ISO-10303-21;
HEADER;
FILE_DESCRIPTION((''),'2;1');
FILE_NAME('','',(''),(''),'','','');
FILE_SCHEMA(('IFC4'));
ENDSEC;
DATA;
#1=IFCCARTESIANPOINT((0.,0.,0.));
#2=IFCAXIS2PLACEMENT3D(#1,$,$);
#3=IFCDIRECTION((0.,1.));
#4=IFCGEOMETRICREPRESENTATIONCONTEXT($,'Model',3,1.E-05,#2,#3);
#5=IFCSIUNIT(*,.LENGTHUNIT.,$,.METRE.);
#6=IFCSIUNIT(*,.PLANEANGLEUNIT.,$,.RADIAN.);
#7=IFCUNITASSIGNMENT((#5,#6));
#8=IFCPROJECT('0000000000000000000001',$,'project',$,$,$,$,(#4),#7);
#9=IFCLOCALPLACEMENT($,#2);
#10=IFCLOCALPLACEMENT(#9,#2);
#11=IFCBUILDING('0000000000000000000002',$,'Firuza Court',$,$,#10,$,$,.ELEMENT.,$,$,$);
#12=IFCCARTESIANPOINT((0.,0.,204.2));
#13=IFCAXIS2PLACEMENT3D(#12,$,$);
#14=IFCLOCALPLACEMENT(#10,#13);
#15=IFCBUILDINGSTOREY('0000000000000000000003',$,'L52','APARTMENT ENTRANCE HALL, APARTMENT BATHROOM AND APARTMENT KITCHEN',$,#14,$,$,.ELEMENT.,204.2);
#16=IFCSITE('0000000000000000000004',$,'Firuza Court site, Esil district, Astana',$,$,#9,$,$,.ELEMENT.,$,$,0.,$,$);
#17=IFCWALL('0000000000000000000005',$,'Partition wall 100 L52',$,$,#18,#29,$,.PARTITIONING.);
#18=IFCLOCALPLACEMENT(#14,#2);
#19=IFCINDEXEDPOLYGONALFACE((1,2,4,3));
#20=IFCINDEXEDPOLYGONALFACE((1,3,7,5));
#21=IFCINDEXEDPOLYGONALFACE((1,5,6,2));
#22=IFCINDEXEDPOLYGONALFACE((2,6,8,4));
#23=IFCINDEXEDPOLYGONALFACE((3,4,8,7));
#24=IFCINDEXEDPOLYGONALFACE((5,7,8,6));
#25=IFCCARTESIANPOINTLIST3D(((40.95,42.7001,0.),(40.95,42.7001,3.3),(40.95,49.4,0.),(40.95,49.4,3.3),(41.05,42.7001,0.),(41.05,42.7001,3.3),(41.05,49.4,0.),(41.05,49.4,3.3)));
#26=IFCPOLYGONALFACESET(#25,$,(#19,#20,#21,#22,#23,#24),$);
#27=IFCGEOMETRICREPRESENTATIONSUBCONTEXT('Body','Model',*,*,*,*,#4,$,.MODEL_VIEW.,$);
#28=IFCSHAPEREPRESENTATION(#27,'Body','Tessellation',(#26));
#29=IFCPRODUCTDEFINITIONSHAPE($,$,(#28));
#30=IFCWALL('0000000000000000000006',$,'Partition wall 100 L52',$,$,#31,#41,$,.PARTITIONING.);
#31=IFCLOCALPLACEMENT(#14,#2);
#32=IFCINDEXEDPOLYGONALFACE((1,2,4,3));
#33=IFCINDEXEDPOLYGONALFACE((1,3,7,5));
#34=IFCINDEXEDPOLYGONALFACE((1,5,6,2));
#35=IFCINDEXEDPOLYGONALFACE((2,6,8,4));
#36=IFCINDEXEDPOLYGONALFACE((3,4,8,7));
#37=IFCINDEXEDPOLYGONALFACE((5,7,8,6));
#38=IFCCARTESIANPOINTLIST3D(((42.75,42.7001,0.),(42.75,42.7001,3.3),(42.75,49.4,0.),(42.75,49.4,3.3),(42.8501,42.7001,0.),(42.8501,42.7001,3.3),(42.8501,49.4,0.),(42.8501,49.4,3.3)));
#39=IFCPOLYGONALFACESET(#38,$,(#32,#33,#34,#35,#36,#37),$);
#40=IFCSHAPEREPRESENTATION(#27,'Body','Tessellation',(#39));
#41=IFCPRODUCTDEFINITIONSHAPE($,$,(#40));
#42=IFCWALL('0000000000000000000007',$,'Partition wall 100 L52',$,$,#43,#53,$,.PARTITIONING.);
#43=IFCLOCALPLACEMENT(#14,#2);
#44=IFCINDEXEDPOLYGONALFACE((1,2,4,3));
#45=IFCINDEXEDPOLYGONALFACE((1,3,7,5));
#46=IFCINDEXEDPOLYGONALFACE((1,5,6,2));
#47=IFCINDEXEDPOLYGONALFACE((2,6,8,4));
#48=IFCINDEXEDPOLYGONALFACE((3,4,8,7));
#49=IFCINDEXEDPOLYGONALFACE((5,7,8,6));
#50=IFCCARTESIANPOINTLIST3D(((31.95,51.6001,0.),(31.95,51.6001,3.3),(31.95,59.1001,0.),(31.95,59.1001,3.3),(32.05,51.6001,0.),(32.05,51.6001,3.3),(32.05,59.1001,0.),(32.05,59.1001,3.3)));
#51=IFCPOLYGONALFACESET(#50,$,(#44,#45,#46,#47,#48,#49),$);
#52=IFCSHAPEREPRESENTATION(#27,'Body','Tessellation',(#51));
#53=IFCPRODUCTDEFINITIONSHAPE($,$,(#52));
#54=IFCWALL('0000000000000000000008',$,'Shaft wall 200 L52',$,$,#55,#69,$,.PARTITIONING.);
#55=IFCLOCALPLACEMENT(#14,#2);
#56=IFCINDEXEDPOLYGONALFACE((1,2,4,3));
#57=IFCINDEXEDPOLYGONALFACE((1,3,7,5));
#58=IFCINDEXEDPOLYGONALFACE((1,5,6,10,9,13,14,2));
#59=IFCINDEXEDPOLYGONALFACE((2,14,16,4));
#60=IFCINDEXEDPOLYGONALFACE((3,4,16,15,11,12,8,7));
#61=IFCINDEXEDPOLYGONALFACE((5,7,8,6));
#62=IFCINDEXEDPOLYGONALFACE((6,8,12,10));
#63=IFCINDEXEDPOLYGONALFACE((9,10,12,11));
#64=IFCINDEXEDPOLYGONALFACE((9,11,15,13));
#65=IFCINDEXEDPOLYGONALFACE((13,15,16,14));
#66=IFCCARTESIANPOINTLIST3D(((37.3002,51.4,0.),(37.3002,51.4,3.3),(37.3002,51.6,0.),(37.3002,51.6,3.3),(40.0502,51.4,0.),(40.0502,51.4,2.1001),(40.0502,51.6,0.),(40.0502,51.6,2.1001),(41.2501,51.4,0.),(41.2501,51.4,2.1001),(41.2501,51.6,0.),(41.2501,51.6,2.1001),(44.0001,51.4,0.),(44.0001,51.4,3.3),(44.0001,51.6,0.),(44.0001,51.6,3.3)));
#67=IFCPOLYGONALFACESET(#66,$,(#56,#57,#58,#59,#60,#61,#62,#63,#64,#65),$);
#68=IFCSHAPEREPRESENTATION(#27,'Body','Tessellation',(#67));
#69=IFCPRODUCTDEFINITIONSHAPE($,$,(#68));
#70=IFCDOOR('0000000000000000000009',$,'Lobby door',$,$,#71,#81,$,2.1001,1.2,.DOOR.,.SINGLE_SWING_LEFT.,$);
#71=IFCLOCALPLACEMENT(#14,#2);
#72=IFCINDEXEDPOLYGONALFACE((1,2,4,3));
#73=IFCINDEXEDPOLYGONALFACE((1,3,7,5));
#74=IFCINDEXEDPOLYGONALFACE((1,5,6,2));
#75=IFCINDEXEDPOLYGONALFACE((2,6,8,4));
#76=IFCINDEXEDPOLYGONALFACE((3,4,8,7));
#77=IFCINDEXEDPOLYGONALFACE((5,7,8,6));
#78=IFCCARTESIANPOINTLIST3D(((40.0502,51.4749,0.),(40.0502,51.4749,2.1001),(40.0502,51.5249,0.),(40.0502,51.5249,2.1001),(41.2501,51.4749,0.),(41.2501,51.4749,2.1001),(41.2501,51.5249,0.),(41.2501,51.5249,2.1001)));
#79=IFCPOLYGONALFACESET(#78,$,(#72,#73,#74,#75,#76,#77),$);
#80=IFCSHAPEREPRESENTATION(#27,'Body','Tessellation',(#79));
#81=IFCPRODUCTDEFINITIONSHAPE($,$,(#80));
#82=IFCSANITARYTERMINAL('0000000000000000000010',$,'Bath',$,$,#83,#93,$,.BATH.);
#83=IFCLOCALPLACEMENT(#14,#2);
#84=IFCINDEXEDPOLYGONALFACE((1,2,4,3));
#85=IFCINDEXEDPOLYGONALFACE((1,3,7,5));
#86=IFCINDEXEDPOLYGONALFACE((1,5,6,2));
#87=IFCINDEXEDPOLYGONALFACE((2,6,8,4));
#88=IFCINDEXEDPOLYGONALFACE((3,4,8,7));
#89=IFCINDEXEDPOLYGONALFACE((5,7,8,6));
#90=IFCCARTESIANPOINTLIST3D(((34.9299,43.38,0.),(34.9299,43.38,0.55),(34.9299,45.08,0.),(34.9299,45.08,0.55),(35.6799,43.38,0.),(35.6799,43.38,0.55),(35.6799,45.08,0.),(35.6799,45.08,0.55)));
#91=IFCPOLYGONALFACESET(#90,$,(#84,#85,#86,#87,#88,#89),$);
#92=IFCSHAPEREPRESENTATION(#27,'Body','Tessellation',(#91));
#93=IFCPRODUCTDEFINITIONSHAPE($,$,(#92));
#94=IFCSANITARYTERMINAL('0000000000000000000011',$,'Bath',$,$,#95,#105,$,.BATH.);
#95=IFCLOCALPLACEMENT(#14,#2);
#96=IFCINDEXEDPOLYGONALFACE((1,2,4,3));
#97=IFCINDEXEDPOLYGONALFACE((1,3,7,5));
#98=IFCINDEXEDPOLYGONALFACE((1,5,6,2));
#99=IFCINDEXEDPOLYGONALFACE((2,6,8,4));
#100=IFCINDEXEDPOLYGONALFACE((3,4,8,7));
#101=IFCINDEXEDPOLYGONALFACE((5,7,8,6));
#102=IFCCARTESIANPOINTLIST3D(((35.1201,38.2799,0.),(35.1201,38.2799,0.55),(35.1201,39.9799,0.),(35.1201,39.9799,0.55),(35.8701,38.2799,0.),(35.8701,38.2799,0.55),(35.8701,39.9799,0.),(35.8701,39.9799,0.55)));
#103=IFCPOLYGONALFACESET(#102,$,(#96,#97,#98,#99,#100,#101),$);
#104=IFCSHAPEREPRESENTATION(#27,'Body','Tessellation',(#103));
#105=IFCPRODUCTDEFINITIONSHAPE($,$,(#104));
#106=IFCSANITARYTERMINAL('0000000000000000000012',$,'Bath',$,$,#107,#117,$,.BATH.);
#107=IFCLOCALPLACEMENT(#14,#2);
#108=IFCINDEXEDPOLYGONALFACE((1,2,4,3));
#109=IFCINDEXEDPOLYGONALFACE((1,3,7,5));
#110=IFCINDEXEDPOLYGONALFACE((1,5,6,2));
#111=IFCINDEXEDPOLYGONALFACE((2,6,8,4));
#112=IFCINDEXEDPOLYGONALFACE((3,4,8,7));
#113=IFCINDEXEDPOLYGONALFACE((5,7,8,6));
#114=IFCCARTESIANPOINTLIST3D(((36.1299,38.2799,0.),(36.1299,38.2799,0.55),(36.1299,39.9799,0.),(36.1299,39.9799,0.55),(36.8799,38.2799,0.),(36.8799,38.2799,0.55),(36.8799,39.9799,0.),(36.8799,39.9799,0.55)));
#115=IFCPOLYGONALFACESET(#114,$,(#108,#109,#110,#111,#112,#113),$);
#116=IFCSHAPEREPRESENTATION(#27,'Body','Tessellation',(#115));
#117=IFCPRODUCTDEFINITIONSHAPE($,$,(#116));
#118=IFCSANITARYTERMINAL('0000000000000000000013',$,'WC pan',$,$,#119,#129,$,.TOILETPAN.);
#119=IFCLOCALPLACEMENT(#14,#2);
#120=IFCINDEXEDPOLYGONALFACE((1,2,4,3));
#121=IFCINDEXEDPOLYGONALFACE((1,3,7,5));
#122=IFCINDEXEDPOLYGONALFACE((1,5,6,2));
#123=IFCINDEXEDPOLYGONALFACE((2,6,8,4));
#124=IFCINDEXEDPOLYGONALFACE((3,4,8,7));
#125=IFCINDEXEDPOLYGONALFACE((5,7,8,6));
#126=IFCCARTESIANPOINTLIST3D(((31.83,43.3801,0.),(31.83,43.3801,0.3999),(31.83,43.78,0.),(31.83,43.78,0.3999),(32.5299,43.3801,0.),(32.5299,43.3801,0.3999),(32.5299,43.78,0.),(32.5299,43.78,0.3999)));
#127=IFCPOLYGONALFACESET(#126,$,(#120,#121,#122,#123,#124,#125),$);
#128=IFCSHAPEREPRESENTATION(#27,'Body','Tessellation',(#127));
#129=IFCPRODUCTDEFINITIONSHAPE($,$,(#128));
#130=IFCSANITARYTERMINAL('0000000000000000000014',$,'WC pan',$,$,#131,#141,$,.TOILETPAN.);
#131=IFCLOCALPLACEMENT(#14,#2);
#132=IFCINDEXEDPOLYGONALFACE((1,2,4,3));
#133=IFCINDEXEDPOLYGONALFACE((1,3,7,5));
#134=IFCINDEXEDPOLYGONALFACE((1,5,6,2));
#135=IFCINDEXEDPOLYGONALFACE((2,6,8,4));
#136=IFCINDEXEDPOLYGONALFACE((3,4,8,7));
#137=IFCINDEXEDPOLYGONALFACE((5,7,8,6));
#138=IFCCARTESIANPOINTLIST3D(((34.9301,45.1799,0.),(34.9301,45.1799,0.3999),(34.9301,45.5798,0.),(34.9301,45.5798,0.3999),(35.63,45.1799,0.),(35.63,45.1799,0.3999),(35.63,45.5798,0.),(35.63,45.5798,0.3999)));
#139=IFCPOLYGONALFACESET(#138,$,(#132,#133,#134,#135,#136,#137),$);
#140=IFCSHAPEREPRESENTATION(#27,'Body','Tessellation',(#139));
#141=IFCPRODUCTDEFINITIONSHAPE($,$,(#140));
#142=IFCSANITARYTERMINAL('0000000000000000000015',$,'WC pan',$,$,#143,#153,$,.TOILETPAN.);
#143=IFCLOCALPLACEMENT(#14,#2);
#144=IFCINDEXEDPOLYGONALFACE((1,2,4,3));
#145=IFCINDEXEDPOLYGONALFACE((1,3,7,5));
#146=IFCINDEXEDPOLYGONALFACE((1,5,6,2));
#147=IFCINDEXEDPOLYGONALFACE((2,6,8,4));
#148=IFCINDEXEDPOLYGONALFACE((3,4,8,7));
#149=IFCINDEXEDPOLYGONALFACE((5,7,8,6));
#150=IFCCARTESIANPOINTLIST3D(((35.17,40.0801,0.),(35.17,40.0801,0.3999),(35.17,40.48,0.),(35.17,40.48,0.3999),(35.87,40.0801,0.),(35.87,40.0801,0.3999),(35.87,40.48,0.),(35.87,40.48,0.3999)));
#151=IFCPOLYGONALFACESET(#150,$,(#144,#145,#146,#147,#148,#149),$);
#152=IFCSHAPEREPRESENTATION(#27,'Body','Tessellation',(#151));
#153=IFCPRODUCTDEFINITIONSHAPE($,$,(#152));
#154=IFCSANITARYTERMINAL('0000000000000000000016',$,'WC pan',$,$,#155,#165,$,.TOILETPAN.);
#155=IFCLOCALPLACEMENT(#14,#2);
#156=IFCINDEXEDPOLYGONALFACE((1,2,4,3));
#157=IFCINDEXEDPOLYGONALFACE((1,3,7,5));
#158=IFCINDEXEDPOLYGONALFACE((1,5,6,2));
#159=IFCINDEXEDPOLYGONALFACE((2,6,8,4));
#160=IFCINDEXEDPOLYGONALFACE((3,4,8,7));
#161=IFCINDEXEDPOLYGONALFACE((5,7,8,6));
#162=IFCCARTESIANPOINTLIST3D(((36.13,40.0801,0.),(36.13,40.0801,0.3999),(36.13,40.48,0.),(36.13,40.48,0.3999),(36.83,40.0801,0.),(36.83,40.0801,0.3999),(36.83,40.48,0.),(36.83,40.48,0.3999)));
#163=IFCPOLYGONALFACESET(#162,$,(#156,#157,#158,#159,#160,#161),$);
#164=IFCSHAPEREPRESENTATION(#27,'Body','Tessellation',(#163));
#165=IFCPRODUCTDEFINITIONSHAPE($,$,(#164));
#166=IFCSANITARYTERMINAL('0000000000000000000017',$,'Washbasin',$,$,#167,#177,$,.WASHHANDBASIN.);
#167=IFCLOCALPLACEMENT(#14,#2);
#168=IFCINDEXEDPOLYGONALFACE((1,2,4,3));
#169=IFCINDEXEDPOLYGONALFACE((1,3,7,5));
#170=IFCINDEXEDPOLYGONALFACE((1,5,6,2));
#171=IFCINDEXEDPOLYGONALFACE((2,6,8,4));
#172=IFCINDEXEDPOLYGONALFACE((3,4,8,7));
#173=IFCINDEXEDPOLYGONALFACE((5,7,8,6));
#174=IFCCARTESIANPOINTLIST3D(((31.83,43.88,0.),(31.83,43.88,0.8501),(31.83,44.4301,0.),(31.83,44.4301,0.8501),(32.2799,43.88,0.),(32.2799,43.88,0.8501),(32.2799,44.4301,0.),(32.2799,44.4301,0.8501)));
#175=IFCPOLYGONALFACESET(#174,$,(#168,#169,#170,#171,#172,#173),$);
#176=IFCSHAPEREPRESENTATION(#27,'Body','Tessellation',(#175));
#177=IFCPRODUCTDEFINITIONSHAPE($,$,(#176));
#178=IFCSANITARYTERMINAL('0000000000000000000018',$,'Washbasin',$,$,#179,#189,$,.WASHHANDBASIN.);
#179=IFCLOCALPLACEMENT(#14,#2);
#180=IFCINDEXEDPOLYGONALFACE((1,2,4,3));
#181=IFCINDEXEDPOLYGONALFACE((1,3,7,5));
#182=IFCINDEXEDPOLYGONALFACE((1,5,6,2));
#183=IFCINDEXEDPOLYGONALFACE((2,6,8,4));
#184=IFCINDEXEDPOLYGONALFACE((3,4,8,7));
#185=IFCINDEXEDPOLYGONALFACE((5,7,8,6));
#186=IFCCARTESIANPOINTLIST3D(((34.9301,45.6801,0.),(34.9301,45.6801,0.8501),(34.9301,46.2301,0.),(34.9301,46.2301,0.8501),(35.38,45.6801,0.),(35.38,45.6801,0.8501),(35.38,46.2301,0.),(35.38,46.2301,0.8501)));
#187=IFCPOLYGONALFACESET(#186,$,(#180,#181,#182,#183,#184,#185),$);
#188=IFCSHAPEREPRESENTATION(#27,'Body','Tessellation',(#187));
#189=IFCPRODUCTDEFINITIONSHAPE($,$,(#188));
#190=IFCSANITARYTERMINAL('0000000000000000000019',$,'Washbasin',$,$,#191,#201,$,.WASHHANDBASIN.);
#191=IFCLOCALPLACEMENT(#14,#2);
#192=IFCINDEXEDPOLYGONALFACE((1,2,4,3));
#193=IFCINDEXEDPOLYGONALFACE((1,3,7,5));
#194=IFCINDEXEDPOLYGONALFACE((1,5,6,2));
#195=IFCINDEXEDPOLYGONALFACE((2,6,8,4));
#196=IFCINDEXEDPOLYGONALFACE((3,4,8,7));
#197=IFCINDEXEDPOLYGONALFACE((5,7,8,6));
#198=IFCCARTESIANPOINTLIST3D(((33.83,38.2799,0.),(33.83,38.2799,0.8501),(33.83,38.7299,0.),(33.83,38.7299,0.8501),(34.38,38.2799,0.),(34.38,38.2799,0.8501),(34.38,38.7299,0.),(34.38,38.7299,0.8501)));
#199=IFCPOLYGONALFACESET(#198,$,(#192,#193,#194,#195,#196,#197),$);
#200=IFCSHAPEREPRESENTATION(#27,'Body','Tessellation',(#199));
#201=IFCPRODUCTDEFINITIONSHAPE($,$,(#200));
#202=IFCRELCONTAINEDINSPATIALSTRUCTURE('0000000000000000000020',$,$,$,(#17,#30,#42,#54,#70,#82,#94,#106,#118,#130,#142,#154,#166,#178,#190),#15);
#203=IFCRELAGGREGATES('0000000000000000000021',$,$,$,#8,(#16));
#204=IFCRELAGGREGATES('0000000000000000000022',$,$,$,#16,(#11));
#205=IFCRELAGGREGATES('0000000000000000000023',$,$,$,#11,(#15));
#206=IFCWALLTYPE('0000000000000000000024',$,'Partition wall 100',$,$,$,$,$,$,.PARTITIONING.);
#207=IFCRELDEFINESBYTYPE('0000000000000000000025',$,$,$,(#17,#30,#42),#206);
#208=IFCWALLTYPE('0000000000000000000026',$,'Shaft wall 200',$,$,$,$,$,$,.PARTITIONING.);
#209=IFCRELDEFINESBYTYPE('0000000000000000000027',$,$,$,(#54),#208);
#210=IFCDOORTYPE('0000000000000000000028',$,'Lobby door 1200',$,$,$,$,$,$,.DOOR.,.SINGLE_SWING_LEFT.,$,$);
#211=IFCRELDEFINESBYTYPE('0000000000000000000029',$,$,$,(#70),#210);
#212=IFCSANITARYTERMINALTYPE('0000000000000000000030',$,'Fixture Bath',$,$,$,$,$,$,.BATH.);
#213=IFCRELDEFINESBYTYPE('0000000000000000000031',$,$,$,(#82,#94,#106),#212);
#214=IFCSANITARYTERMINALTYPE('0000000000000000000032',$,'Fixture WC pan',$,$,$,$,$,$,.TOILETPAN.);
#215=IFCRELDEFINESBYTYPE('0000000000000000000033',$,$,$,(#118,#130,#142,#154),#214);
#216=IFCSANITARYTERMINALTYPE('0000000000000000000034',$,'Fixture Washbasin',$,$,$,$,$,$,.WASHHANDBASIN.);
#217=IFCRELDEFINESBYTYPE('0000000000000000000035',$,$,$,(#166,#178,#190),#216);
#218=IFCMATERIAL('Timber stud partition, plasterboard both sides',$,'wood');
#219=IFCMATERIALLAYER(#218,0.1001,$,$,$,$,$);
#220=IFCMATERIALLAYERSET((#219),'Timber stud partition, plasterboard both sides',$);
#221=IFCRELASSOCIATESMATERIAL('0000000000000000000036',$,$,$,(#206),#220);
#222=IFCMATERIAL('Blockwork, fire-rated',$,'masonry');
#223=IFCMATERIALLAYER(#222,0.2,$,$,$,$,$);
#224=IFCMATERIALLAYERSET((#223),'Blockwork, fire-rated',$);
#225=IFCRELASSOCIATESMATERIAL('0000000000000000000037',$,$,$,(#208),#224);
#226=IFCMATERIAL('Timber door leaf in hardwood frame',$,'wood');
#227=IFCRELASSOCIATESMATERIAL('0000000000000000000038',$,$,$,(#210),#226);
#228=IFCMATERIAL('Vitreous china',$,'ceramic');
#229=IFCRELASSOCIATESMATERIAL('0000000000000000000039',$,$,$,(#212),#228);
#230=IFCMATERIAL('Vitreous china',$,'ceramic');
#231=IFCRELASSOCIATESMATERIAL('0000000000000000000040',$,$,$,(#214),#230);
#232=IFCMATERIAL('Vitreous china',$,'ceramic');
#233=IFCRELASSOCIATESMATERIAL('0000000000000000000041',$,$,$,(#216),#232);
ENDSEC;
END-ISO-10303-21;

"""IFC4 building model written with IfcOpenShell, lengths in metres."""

from ifc_helpers import new_model, si_unit, direction, frame, frame_2d, origin, origin_2d, place, context, subcontext, project, spatial, rectangle, extrude, material, layer, layer_set, type_object, element, fill, save


model = new_model("IFC4")

# Units and contexts
model_context = context("Model", 3, precision=1e-05, world=origin(), true_north=direction((0.0, 1.0)))
body_context = subcontext(model_context, "Body", "Model", "MODEL_VIEW")
ifc_project = project(units=[si_unit("LENGTHUNIT", "METRE"), si_unit("PLANEANGLEUNIT", "RADIAN")], contexts=[model_context])

# Site, building, storey
site_placement = place(None, origin())
site = spatial("IfcSite", under=ifc_project, at=site_placement, Name="Firuza Court site, Esil district, Astana", CompositionType="ELEMENT", RefElevation=0.0)
building_placement = place(site_placement, origin())
building = spatial("IfcBuilding", under=site, at=building_placement, Name="Firuza Court", CompositionType="ELEMENT")
storey_placement = place(building_placement, frame((0.0, 0.0, 204.2)))
storey = spatial("IfcBuildingStorey", under=building, at=storey_placement, Name="L52", Description="APARTMENT ENTRANCE HALL, APARTMENT BATHROOM AND APARTMENT KITCHEN", CompositionType="ELEMENT", Elevation=204.2)

# Walls
ifc_material_1 = material(Name="Timber stud partition, plasterboard both sides", Category="wood")
ifc_layer_1 = layer(ifc_material_1, 0.1001)
ifc_layer_set_1 = layer_set([ifc_layer_1], Name="Timber stud partition, plasterboard both sides")
wall_type_1 = type_object("IfcWallType", Name="Partition wall 100", PredefinedType="PARTITIONING", material=ifc_layer_set_1)
for number, where, z_axis, x_axis, name in (
    (1, (41.0, 42.7, 0.0), (0.0, 0.0, 1.0), (0.0, 1.0, 0.0), "Partition wall 100 L52"),
    (2, (42.8, 42.7, 0.0), (0.0, 0.0, 1.0), (0.0, 1.0, 0.0), "Partition wall 100 L52"),
):
    element("IfcWall", number, at=place(storey_placement, frame(where, z_axis=z_axis, x_axis=x_axis)), inside=storey, type_object=wall_type_1, Name=name, PredefinedType="PARTITIONING", context=body_context, shape_type="SweptSolid", body=[
        extrude(rectangle(XDim=6.7, YDim=0.1001, at=frame_2d((3.3501, 0.0))), origin(), (0.0, 0.0, 1.0), 3.3),
    ])
wall_1_placement = place(storey_placement, frame((32.0, 51.6001, 0.0), z_axis=(0.0, 0.0, 1.0), x_axis=(0.0, 1.0, 0.0)))
element("IfcWall", 3, at=wall_1_placement, inside=storey, type_object=wall_type_1, Name="Partition wall 100 L52", PredefinedType="PARTITIONING", context=body_context, shape_type="SweptSolid", body=[
    extrude(rectangle(XDim=7.5, YDim=0.1001, at=frame_2d((3.75, 0.0))), origin(), (0.0, 0.0, 1.0), 3.3),
])

# Wall, opening, door
ifc_material_2 = material(Name="Blockwork, fire-rated", Category="masonry")
ifc_layer_2 = layer(ifc_material_2, 0.2)
ifc_layer_set_2 = layer_set([ifc_layer_2], Name="Blockwork, fire-rated")
wall_type_2 = type_object("IfcWallType", Name="Shaft wall 200", PredefinedType="PARTITIONING", material=ifc_layer_set_2)
wall_2_placement = place(storey_placement, frame((37.3, 51.5, 0.0), z_axis=(0.0, 0.0, 1.0), x_axis=(1.0, 0.0, 0.0)))
wall_2 = element("IfcWall", 4, at=wall_2_placement, inside=storey, type_object=wall_type_2, Name="Shaft wall 200 L52", PredefinedType="PARTITIONING", context=body_context, shape_type="SweptSolid", body=[
    extrude(rectangle(XDim=6.7, YDim=0.2, at=frame_2d((3.3501, 0.0))), origin(), (0.0, 0.0, 1.0), 3.3),
])
opening_1_placement = place(wall_2_placement, frame((2.75, 0.0, 0.0)))
opening_1 = element("IfcOpeningElement", 5, at=opening_1_placement, cuts=wall_2, PredefinedType="OPENING", context=body_context, shape_type="SweptSolid", body=[
    extrude(rectangle(XDim=1.2, YDim=2.1001, at=frame_2d((0.6001, 1.05))), frame((0.0, 0.1118, 0.0), z_axis=(0.0, -1.0, 0.0), x_axis=(1.0, 0.0, 0.0)), (0.0, 0.0, 1.0), 0.2239),
])
ifc_material_3 = material(Name="Timber door leaf in hardwood frame", Category="wood")
door_type_1 = type_object("IfcDoorType", Name="Lobby door 1200", OperationType="SINGLE_SWING_LEFT", PredefinedType="DOOR", material=ifc_material_3)
door_1_placement = place(opening_1_placement, origin())
door_1 = element("IfcDoor", 6, at=door_1_placement, inside=storey, type_object=door_type_1, Name="Lobby door", OperationType="SINGLE_SWING_LEFT", OverallHeight=2.1001, OverallWidth=1.2, PredefinedType="DOOR", context=body_context, shape_type="SweptSolid", body=[
    extrude(rectangle(XDim=1.2, YDim=2.1001, at=frame_2d((0.6001, 1.05))), frame((0.0, 0.0249, 0.0), z_axis=(0.0, -1.0, 0.0), x_axis=(1.0, 0.0, 0.0)), (0.0, 0.0, 1.0), 0.05),
])
fill(opening_1, door_1)

# Sanitary terminals
ifc_material_4 = material(Name="Vitreous china", Category="ceramic")
sanitary_terminal_type_1 = type_object("IfcSanitaryTerminalType", Name="Fixture Bath", PredefinedType="BATH", material=ifc_material_4)
for number, where, z_axis, x_axis, name in (
    (7, (35.3049, 44.23, 0.0), (0.0, 0.0, 1.0), (1.0, 0.0, 0.0), "Bath"),
    (8, (35.4951, 39.1299, 0.0), (0.0, 0.0, 1.0), (1.0, 0.0, 0.0), "Bath"),
    (9, (36.5049, 39.1299, 0.0), (0.0, 0.0, 1.0), (1.0, 0.0, 0.0), "Bath"),
):
    element("IfcSanitaryTerminal", number, at=place(storey_placement, frame(where, z_axis=z_axis, x_axis=x_axis)), inside=storey, type_object=sanitary_terminal_type_1, Name=name, PredefinedType="BATH", context=body_context, shape_type="SweptSolid", body=[
        extrude(rectangle(XDim=0.75, YDim=1.7, at=origin_2d()), origin(), (0.0, 0.0, 1.0), 0.55),
    ])
ifc_material_5 = material(Name="Vitreous china", Category="ceramic")
sanitary_terminal_type_2 = type_object("IfcSanitaryTerminalType", Name="Fixture WC pan", PredefinedType="TOILETPAN", material=ifc_material_5)
for number, where, z_axis, x_axis, name in (
    (10, (32.1799, 43.5801, 0.0), (0.0, 0.0, 1.0), (1.0, 0.0, 0.0), "WC pan"),
    (11, (35.28, 45.3799, 0.0), (0.0, 0.0, 1.0), (1.0, 0.0, 0.0), "WC pan"),
    (12, (35.52, 40.28, 0.0), (0.0, 0.0, 1.0), (1.0, 0.0, 0.0), "WC pan"),
    (13, (36.48, 40.28, 0.0), (0.0, 0.0, 1.0), (1.0, 0.0, 0.0), "WC pan"),
):
    element("IfcSanitaryTerminal", number, at=place(storey_placement, frame(where, z_axis=z_axis, x_axis=x_axis)), inside=storey, type_object=sanitary_terminal_type_2, Name=name, PredefinedType="TOILETPAN", context=body_context, shape_type="SweptSolid", body=[
        extrude(rectangle(XDim=0.7, YDim=0.3999, at=origin_2d()), origin(), (0.0, 0.0, 1.0), 0.3999),
    ])
ifc_material_6 = material(Name="Vitreous china", Category="ceramic")
sanitary_terminal_type_3 = type_object("IfcSanitaryTerminalType", Name="Fixture Washbasin", PredefinedType="WASHHANDBASIN", material=ifc_material_6)
for number, where, z_axis, x_axis, name in (
    (14, (32.0549, 44.155, 0.0), (0.0, 0.0, 1.0), (1.0, 0.0, 0.0), "Washbasin"),
    (15, (35.155, 45.9551, 0.0), (0.0, 0.0, 1.0), (1.0, 0.0, 0.0), "Washbasin"),
):
    element("IfcSanitaryTerminal", number, at=place(storey_placement, frame(where, z_axis=z_axis, x_axis=x_axis)), inside=storey, type_object=sanitary_terminal_type_3, Name=name, PredefinedType="WASHHANDBASIN", context=body_context, shape_type="SweptSolid", body=[
        extrude(rectangle(XDim=0.45, YDim=0.55, at=origin_2d()), origin(), (0.0, 0.0, 1.0), 0.8501),
    ])
for number, where, z_axis, x_axis, name in (
    (16, (34.105, 38.5049, 0.0), (0.0, 0.0, 1.0), (1.0, 0.0, 0.0), "Washbasin"),
):
    element("IfcSanitaryTerminal", number, at=place(storey_placement, frame(where, z_axis=z_axis, x_axis=x_axis)), inside=storey, type_object=sanitary_terminal_type_3, Name=name, PredefinedType="WASHHANDBASIN", context=body_context, shape_type="SweptSolid", body=[
        extrude(rectangle(XDim=0.55, YDim=0.45, at=origin_2d()), origin(), (0.0, 0.0, 1.0), 0.8501),
    ])

save(model, "model.ifc")
